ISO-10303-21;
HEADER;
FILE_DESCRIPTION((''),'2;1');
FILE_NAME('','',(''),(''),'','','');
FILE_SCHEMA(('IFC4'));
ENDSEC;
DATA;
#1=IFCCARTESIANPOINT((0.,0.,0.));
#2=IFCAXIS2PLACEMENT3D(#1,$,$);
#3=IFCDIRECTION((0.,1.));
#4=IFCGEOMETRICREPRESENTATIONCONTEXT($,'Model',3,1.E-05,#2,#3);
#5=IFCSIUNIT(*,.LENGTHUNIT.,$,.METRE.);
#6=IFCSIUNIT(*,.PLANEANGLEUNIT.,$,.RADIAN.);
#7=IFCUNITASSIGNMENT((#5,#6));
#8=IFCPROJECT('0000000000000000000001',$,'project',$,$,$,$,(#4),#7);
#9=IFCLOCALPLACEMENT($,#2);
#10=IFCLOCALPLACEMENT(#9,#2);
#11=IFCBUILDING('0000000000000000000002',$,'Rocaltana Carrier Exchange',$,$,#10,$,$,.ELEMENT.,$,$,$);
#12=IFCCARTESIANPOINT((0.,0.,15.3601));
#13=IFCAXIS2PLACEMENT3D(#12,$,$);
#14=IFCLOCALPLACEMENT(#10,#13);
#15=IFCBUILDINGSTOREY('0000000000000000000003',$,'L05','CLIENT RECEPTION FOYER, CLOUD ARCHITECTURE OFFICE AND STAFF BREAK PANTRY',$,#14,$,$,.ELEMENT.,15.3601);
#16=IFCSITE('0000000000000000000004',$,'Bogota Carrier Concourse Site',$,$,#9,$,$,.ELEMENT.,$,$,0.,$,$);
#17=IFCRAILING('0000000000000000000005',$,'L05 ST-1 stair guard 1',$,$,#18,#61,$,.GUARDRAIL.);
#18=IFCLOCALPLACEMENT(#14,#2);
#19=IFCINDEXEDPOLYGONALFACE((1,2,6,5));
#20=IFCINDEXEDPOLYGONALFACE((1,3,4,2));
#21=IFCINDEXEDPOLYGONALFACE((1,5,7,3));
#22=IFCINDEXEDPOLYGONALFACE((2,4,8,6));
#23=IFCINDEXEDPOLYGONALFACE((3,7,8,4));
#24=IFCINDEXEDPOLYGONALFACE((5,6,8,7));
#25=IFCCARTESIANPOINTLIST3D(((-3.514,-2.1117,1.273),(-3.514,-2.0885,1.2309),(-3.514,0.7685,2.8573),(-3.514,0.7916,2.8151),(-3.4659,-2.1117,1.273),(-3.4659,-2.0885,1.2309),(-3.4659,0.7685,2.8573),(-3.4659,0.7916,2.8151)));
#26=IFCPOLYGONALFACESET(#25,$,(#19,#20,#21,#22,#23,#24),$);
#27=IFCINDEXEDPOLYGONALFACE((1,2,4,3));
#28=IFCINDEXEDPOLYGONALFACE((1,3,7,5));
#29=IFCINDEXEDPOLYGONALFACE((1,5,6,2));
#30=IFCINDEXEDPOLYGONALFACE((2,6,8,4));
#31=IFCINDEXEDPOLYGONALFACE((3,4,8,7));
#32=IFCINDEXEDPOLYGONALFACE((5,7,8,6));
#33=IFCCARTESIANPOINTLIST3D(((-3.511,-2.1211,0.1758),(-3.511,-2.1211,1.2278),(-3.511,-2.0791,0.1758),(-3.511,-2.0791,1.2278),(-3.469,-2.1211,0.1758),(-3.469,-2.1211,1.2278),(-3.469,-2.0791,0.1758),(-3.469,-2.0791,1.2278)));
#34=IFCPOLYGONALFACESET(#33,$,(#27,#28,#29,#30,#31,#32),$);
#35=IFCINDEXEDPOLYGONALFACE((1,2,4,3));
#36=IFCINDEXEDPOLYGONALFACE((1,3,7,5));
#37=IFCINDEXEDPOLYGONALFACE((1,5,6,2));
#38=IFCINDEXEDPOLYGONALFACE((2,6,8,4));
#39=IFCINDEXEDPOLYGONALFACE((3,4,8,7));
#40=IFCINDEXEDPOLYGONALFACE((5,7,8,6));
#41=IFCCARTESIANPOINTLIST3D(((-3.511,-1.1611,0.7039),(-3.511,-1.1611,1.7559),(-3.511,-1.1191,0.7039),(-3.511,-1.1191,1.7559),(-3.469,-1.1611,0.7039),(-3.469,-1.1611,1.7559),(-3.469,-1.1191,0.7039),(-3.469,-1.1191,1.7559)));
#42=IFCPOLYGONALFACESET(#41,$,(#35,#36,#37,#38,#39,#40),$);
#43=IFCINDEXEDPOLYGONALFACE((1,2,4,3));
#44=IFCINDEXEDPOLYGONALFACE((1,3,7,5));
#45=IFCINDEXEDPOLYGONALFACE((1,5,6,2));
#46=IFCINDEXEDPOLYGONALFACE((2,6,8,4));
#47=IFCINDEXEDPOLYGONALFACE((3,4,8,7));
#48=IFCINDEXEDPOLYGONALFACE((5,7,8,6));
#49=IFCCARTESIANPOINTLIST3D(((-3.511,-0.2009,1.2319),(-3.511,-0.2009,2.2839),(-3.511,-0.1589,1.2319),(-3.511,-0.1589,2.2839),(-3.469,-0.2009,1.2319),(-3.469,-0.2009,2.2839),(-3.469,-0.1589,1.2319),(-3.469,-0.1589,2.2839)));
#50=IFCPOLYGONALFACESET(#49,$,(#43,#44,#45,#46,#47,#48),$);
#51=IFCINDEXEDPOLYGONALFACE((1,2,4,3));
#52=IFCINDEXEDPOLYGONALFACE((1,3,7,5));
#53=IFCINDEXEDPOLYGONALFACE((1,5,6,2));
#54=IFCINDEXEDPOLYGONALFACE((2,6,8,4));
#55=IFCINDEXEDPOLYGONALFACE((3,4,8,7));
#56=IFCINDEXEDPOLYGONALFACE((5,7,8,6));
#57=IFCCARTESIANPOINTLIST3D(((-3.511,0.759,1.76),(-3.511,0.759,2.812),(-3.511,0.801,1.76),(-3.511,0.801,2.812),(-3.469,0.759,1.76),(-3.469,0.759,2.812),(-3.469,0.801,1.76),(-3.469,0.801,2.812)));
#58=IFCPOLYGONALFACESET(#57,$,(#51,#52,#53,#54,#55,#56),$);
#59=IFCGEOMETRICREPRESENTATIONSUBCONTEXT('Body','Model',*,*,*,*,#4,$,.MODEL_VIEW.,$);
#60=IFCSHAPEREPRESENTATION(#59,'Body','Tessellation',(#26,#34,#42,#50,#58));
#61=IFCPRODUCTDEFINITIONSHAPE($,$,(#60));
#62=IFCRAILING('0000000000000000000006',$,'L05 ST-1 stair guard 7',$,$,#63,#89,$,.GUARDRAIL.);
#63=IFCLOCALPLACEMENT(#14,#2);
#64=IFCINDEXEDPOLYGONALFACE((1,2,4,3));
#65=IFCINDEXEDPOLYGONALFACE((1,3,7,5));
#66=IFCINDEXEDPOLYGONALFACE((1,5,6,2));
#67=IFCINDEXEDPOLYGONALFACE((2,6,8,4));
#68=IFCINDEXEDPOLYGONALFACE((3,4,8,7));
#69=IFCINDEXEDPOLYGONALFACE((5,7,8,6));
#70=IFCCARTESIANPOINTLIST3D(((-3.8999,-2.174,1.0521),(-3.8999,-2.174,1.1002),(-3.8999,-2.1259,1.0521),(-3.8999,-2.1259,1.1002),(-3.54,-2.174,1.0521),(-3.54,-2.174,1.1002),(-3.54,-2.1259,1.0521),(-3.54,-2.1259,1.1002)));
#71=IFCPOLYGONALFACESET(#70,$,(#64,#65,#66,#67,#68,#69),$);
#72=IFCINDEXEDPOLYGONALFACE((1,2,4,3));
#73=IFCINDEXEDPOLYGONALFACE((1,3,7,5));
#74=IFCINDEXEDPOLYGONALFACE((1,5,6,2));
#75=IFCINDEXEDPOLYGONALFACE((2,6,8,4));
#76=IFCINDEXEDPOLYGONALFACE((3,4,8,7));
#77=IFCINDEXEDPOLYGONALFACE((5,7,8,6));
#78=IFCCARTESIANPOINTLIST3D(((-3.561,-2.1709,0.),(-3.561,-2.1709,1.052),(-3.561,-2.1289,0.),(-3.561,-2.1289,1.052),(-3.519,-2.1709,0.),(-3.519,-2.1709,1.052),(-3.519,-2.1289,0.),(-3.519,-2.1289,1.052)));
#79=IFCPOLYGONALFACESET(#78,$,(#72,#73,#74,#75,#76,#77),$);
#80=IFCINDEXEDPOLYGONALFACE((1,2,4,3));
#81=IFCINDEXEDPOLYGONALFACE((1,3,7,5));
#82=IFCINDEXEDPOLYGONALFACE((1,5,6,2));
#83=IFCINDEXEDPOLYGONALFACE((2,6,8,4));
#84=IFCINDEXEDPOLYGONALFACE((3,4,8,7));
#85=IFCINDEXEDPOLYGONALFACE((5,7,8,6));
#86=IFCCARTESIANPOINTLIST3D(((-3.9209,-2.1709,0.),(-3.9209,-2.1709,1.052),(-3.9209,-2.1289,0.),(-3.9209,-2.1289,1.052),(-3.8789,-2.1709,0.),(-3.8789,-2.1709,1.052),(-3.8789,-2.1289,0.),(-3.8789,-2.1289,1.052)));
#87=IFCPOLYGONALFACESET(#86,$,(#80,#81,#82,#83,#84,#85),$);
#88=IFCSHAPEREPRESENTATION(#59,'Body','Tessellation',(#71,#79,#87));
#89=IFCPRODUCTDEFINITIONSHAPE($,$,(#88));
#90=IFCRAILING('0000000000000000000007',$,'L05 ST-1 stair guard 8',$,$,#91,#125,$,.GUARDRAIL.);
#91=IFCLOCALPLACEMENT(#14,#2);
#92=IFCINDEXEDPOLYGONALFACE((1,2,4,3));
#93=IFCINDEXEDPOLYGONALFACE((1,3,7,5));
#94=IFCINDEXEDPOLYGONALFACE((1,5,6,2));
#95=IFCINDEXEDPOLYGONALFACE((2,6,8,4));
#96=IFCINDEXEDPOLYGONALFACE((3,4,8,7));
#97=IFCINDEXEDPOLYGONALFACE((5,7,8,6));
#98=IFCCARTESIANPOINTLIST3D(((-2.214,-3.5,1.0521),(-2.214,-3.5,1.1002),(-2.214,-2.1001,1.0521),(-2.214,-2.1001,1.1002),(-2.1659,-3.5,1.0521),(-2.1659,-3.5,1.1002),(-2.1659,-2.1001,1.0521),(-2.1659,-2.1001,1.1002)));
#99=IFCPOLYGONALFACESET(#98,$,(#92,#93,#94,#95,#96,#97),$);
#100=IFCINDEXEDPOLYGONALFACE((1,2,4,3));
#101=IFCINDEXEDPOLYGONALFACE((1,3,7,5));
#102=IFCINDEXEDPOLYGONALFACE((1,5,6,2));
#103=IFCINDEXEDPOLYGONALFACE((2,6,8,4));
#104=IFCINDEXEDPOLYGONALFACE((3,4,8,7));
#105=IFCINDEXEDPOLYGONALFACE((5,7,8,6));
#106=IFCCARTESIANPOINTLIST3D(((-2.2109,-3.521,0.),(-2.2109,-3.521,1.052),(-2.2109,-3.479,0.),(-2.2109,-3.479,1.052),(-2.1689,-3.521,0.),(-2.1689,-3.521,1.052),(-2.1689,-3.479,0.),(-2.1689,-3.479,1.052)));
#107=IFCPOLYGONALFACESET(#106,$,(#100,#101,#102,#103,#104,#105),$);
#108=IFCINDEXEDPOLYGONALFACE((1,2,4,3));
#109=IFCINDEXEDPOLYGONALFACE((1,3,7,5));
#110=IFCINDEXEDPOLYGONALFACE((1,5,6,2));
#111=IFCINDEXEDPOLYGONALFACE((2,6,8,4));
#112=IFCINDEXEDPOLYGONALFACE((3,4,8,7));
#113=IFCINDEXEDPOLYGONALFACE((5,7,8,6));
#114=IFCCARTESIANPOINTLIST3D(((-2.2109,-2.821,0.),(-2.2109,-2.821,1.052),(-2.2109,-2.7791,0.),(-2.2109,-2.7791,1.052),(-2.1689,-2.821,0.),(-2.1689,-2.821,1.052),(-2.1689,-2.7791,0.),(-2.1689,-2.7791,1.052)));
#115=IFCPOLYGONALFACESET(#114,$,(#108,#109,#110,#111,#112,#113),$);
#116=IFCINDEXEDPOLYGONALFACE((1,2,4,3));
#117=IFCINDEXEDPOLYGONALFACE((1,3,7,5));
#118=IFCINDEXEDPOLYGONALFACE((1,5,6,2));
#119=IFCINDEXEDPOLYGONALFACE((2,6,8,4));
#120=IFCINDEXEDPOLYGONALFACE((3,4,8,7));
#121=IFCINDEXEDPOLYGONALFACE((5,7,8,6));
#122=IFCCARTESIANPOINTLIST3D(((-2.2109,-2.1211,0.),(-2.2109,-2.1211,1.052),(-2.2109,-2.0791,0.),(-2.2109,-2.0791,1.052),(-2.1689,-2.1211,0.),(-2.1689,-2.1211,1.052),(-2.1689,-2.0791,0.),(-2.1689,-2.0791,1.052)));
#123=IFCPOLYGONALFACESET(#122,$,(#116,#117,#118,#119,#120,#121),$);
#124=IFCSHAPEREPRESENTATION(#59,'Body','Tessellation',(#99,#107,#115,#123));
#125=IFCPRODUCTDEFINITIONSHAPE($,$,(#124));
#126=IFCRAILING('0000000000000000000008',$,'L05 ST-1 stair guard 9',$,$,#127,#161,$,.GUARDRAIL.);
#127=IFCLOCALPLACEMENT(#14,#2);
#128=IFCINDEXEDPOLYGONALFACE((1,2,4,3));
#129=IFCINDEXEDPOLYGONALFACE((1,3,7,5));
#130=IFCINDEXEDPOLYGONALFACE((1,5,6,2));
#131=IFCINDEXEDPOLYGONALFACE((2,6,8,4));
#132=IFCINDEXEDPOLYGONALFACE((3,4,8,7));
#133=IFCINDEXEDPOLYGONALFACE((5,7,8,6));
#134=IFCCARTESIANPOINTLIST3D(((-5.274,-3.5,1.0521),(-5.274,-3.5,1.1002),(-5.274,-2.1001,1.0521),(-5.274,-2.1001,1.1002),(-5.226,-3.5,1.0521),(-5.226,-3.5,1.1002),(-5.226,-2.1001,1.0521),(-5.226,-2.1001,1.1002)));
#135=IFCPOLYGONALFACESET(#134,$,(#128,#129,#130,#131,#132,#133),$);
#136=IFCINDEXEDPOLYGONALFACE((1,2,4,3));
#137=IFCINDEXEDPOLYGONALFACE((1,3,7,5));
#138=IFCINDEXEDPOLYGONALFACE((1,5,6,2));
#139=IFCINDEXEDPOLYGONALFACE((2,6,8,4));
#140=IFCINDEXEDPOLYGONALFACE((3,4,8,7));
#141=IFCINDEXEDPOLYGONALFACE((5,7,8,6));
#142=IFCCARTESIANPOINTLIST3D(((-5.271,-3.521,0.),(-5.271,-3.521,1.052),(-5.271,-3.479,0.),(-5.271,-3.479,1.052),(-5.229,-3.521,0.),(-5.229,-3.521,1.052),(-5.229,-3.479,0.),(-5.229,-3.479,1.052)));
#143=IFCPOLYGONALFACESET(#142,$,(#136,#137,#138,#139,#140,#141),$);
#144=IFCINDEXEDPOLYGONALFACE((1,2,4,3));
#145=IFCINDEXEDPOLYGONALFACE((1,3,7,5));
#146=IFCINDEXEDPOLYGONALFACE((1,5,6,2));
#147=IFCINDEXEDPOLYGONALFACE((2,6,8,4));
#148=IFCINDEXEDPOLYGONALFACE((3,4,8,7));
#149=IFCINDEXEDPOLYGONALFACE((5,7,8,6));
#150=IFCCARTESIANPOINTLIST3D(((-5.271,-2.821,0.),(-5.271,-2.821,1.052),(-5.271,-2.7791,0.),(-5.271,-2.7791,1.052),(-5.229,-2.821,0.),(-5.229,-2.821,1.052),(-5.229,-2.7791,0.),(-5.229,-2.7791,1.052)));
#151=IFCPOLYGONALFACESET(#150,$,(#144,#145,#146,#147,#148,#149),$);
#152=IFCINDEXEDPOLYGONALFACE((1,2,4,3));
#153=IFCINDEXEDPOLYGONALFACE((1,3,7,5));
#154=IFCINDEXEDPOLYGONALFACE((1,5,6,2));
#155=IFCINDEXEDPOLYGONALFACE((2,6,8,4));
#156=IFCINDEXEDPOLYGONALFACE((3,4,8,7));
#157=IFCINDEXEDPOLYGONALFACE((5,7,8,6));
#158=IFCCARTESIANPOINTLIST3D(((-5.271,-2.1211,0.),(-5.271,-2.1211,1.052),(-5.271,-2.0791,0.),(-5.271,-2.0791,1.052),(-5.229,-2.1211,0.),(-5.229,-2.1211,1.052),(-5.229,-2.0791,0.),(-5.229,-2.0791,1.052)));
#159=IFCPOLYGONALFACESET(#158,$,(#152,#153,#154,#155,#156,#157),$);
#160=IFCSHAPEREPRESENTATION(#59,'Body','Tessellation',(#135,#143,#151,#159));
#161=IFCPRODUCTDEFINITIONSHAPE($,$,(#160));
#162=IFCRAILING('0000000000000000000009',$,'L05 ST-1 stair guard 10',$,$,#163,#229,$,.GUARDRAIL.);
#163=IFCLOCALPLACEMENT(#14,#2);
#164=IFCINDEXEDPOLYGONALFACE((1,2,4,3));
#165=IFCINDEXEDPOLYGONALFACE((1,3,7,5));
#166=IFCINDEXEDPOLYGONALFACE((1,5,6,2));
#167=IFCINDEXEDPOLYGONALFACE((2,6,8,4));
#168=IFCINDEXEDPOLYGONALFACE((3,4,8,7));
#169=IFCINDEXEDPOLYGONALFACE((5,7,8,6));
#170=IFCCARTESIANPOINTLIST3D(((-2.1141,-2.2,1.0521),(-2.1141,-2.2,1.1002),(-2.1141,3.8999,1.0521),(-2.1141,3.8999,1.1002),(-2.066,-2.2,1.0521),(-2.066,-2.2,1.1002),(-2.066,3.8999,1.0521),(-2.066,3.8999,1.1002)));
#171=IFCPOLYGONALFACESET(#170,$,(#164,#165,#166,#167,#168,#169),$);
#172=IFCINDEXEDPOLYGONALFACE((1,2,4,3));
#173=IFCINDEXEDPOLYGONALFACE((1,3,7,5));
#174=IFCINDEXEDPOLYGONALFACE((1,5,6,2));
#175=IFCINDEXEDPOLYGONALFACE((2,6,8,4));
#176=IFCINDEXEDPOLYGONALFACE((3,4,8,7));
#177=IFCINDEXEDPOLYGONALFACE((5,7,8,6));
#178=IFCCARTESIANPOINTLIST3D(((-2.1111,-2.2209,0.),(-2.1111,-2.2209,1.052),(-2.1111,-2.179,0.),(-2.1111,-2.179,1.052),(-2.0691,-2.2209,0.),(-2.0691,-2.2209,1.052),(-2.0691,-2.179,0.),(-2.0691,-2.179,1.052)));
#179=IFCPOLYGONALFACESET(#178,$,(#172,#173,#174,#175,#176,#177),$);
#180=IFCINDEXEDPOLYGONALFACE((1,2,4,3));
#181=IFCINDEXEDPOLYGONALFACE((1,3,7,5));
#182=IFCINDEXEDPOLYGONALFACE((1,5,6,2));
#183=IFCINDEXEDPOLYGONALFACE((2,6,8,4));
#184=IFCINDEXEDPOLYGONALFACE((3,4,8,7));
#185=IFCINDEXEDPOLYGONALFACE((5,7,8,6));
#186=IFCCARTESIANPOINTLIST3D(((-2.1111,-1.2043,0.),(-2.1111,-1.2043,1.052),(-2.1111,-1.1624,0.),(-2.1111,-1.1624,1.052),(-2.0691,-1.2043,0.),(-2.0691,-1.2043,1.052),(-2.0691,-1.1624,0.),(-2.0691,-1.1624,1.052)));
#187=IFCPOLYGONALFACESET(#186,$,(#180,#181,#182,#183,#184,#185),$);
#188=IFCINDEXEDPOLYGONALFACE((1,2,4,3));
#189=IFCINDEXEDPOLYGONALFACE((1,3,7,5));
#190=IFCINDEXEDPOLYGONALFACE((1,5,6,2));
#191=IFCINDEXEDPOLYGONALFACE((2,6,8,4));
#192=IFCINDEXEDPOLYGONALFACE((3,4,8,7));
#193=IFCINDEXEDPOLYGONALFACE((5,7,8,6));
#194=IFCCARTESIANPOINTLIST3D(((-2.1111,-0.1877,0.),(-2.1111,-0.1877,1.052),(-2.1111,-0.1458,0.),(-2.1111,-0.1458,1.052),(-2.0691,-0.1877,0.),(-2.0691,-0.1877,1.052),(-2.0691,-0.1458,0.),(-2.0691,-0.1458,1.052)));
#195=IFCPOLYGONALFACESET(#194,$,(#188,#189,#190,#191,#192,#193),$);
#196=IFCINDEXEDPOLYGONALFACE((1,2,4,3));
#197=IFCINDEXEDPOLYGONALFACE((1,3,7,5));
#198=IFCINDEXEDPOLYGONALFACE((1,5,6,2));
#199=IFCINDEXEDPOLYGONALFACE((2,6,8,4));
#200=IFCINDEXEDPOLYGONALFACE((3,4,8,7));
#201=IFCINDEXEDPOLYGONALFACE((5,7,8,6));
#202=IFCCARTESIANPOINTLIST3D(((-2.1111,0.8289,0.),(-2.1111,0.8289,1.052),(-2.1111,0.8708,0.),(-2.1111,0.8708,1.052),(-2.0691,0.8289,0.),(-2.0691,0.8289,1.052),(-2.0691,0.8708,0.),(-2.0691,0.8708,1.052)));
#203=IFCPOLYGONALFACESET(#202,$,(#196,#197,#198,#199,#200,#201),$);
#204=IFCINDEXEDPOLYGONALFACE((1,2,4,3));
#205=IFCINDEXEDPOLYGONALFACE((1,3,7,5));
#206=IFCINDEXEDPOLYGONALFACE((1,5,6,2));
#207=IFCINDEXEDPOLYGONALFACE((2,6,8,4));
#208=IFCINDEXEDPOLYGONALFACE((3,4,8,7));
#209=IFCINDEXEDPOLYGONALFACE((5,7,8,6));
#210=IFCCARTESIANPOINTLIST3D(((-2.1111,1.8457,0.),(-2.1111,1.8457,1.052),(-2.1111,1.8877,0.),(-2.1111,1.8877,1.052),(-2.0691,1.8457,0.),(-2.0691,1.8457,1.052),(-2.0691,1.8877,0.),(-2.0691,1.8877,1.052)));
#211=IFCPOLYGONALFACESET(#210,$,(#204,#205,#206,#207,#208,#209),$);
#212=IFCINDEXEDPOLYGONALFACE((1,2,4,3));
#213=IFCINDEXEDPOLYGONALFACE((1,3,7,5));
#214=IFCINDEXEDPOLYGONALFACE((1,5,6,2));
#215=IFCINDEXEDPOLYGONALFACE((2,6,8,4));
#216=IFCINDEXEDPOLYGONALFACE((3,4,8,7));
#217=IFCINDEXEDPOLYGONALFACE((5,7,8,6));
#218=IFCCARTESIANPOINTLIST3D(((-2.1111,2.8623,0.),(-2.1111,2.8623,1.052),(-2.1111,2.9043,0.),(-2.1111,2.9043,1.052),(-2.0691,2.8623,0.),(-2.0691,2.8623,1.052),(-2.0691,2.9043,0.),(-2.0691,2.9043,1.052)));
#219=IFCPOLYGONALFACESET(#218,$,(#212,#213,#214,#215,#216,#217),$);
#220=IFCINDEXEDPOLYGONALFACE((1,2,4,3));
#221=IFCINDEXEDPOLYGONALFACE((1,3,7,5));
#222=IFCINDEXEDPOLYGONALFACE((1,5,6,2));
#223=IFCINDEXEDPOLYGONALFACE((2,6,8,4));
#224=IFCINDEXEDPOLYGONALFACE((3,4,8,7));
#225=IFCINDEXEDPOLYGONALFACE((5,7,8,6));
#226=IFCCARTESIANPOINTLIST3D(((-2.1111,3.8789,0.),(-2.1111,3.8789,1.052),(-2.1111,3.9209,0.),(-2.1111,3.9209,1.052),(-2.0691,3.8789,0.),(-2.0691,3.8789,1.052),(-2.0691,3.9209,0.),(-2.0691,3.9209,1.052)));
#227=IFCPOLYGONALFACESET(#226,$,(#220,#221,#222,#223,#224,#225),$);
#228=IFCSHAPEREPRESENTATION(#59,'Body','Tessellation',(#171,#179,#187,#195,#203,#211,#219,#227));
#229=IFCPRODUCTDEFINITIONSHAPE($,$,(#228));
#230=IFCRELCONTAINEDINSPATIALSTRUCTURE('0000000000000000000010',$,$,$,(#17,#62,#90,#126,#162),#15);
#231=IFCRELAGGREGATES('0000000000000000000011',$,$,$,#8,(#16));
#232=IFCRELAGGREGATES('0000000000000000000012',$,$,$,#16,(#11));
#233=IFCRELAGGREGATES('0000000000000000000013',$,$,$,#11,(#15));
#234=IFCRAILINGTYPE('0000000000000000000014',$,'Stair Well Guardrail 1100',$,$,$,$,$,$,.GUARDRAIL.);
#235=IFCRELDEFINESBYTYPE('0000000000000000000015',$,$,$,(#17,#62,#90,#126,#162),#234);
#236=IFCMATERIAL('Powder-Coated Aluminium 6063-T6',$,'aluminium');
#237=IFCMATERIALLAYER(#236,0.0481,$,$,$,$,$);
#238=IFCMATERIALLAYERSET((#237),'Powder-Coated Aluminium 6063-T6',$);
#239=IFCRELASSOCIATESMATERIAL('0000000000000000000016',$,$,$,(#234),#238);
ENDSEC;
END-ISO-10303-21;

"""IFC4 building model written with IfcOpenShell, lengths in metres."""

from ifc_helpers import new_model, si_unit, direction, frame, origin, origin_2d, place, context, subcontext, project, spatial, rectangle, extrude, material, layer, layer_set, type_object, element, save


model = new_model("IFC4")

# Units and contexts
model_context = context("Model", 3, precision=1e-05, world=origin(), true_north=direction((0.0, 1.0)))
body_context = subcontext(model_context, "Body", "Model", "MODEL_VIEW")
ifc_project = project(units=[si_unit("LENGTHUNIT", "METRE"), si_unit("PLANEANGLEUNIT", "RADIAN")], contexts=[model_context])

# Site, building, storey
site_placement = place(None, origin())
site = spatial("IfcSite", under=ifc_project, at=site_placement, Name="Bogota Carrier Concourse Site", CompositionType="ELEMENT", RefElevation=0.0)
building_placement = place(site_placement, origin())
building = spatial("IfcBuilding", under=site, at=building_placement, Name="Rocaltana Carrier Exchange", CompositionType="ELEMENT")
storey_placement = place(building_placement, frame((0.0, 0.0, 15.3601)))
storey = spatial("IfcBuildingStorey", under=building, at=storey_placement, Name="L05", Description="CLIENT RECEPTION FOYER, CLOUD ARCHITECTURE OFFICE AND STAFF BREAK PANTRY", CompositionType="ELEMENT", Elevation=15.3601)

# Railings
ifc_material_1 = material(Name="Powder-Coated Aluminium 6063-T6", Category="aluminium")
ifc_layer_1 = layer(ifc_material_1, 0.0481)
ifc_layer_set_1 = layer_set([ifc_layer_1], Name="Powder-Coated Aluminium 6063-T6")
railing_type = type_object("IfcRailingType", Name="Stair Well Guardrail 1100", PredefinedType="GUARDRAIL", material=ifc_layer_set_1)
railing_1_placement = place(storey_placement, frame((-3.49, -2.1001, 0.1758)))
element("IfcRailing", 1, at=railing_1_placement, inside=storey, type_object=railing_type, Name="L05 ST-1 stair guard 1", PredefinedType="GUARDRAIL", context=body_context, shape_type="SweptSolid", body=[
    extrude(rectangle(XDim=0.0481, YDim=0.0481, at=origin_2d()), frame((0.0, 0.0, 1.0762), z_axis=(0.0, 0.876196, 0.481956), x_axis=(-1.0, 0.0, 0.0)), (0.0, 0.0, 1.0), 3.2871),
    extrude(rectangle(XDim=0.042, YDim=0.042, at=origin_2d()), origin(), (0.0, 0.0, 1.0), 1.052),
    extrude(rectangle(XDim=0.042, YDim=0.042, at=origin_2d()), frame((0.0, 0.96, 0.5281)), (0.0, 0.0, 1.0), 1.052),
    extrude(rectangle(XDim=0.042, YDim=0.042, at=origin_2d()), frame((0.0, 1.9202, 1.0562)), (0.0, 0.0, 1.0), 1.052),
    extrude(rectangle(XDim=0.042, YDim=0.042, at=origin_2d()), frame((0.0, 2.8801, 1.5842)), (0.0, 0.0, 1.0), 1.052),
])
railing_2_placement = place(storey_placement, frame((-3.54, -2.1499, 0.0)))
element("IfcRailing", 2, at=railing_2_placement, inside=storey, type_object=railing_type, Name="L05 ST-1 stair guard 7", PredefinedType="GUARDRAIL", context=body_context, shape_type="SweptSolid", body=[
    extrude(rectangle(XDim=0.0481, YDim=0.0481, at=origin_2d()), frame((0.0, 0.0, 1.0762), z_axis=(-1.0, 0.0, 0.0), x_axis=(0.0, -1.0, 0.0)), (0.0, 0.0, 1.0), 0.3599),
    extrude(rectangle(XDim=0.042, YDim=0.042, at=origin_2d()), origin(), (0.0, 0.0, 1.0), 1.052),
    extrude(rectangle(XDim=0.042, YDim=0.042, at=origin_2d()), frame((-0.3599, 0.0, 0.0)), (0.0, 0.0, 1.0), 1.052),
])
for number, where, name in (
    (3, (-2.1899, -3.5, 0.0), "L05 ST-1 stair guard 8"),
    (4, (-5.25, -3.5, 0.0), "L05 ST-1 stair guard 9"),
):
    element("IfcRailing", number, at=place(storey_placement, frame(where)), inside=storey, type_object=railing_type, Name=name, PredefinedType="GUARDRAIL", context=body_context, shape_type="SweptSolid", body=[
        extrude(rectangle(XDim=0.0481, YDim=0.0481, at=origin_2d()), frame((0.0, 0.0, 1.0762), z_axis=(0.0, 1.0, 0.0), x_axis=(-1.0, 0.0, 0.0)), (0.0, 0.0, 1.0), 1.3999),
        extrude(rectangle(XDim=0.042, YDim=0.042, at=origin_2d()), origin(), (0.0, 0.0, 1.0), 1.052),
        extrude(rectangle(XDim=0.042, YDim=0.042, at=origin_2d()), frame((0.0, 0.7, 0.0)), (0.0, 0.0, 1.0), 1.052),
        extrude(rectangle(XDim=0.042, YDim=0.042, at=origin_2d()), frame((0.0, 1.3999, 0.0)), (0.0, 0.0, 1.0), 1.052),
    ])
for number, where, name in (
    (5, (-2.0901, -2.2, 0.0), "L05 ST-1 stair guard 10"),
):
    element("IfcRailing", number, at=place(storey_placement, frame(where)), inside=storey, type_object=railing_type, Name=name, PredefinedType="GUARDRAIL", context=body_context, shape_type="SweptSolid", body=[
        extrude(rectangle(XDim=0.0481, YDim=0.0481, at=origin_2d()), frame((0.0, 0.0, 1.0762), z_axis=(0.0, 1.0, 0.0), x_axis=(-1.0, 0.0, 0.0)), (0.0, 0.0, 1.0), 6.0999),
        extrude(rectangle(XDim=0.042, YDim=0.042, at=origin_2d()), origin(), (0.0, 0.0, 1.0), 1.052),
        extrude(rectangle(XDim=0.042, YDim=0.042, at=origin_2d()), frame((0.0, 1.0166, 0.0)), (0.0, 0.0, 1.0), 1.052),
        extrude(rectangle(XDim=0.042, YDim=0.042, at=origin_2d()), frame((0.0, 2.0332, 0.0)), (0.0, 0.0, 1.0), 1.052),
        extrude(rectangle(XDim=0.042, YDim=0.042, at=origin_2d()), frame((0.0, 3.0498, 0.0)), (0.0, 0.0, 1.0), 1.052),
        extrude(rectangle(XDim=0.042, YDim=0.042, at=origin_2d()), frame((0.0, 4.0667, 0.0)), (0.0, 0.0, 1.0), 1.052),
        extrude(rectangle(XDim=0.042, YDim=0.042, at=origin_2d()), frame((0.0, 5.0833, 0.0)), (0.0, 0.0, 1.0), 1.052),
        extrude(rectangle(XDim=0.042, YDim=0.042, at=origin_2d()), frame((0.0, 6.0999, 0.0)), (0.0, 0.0, 1.0), 1.052),
    ])

save(model, "model.ifc")
